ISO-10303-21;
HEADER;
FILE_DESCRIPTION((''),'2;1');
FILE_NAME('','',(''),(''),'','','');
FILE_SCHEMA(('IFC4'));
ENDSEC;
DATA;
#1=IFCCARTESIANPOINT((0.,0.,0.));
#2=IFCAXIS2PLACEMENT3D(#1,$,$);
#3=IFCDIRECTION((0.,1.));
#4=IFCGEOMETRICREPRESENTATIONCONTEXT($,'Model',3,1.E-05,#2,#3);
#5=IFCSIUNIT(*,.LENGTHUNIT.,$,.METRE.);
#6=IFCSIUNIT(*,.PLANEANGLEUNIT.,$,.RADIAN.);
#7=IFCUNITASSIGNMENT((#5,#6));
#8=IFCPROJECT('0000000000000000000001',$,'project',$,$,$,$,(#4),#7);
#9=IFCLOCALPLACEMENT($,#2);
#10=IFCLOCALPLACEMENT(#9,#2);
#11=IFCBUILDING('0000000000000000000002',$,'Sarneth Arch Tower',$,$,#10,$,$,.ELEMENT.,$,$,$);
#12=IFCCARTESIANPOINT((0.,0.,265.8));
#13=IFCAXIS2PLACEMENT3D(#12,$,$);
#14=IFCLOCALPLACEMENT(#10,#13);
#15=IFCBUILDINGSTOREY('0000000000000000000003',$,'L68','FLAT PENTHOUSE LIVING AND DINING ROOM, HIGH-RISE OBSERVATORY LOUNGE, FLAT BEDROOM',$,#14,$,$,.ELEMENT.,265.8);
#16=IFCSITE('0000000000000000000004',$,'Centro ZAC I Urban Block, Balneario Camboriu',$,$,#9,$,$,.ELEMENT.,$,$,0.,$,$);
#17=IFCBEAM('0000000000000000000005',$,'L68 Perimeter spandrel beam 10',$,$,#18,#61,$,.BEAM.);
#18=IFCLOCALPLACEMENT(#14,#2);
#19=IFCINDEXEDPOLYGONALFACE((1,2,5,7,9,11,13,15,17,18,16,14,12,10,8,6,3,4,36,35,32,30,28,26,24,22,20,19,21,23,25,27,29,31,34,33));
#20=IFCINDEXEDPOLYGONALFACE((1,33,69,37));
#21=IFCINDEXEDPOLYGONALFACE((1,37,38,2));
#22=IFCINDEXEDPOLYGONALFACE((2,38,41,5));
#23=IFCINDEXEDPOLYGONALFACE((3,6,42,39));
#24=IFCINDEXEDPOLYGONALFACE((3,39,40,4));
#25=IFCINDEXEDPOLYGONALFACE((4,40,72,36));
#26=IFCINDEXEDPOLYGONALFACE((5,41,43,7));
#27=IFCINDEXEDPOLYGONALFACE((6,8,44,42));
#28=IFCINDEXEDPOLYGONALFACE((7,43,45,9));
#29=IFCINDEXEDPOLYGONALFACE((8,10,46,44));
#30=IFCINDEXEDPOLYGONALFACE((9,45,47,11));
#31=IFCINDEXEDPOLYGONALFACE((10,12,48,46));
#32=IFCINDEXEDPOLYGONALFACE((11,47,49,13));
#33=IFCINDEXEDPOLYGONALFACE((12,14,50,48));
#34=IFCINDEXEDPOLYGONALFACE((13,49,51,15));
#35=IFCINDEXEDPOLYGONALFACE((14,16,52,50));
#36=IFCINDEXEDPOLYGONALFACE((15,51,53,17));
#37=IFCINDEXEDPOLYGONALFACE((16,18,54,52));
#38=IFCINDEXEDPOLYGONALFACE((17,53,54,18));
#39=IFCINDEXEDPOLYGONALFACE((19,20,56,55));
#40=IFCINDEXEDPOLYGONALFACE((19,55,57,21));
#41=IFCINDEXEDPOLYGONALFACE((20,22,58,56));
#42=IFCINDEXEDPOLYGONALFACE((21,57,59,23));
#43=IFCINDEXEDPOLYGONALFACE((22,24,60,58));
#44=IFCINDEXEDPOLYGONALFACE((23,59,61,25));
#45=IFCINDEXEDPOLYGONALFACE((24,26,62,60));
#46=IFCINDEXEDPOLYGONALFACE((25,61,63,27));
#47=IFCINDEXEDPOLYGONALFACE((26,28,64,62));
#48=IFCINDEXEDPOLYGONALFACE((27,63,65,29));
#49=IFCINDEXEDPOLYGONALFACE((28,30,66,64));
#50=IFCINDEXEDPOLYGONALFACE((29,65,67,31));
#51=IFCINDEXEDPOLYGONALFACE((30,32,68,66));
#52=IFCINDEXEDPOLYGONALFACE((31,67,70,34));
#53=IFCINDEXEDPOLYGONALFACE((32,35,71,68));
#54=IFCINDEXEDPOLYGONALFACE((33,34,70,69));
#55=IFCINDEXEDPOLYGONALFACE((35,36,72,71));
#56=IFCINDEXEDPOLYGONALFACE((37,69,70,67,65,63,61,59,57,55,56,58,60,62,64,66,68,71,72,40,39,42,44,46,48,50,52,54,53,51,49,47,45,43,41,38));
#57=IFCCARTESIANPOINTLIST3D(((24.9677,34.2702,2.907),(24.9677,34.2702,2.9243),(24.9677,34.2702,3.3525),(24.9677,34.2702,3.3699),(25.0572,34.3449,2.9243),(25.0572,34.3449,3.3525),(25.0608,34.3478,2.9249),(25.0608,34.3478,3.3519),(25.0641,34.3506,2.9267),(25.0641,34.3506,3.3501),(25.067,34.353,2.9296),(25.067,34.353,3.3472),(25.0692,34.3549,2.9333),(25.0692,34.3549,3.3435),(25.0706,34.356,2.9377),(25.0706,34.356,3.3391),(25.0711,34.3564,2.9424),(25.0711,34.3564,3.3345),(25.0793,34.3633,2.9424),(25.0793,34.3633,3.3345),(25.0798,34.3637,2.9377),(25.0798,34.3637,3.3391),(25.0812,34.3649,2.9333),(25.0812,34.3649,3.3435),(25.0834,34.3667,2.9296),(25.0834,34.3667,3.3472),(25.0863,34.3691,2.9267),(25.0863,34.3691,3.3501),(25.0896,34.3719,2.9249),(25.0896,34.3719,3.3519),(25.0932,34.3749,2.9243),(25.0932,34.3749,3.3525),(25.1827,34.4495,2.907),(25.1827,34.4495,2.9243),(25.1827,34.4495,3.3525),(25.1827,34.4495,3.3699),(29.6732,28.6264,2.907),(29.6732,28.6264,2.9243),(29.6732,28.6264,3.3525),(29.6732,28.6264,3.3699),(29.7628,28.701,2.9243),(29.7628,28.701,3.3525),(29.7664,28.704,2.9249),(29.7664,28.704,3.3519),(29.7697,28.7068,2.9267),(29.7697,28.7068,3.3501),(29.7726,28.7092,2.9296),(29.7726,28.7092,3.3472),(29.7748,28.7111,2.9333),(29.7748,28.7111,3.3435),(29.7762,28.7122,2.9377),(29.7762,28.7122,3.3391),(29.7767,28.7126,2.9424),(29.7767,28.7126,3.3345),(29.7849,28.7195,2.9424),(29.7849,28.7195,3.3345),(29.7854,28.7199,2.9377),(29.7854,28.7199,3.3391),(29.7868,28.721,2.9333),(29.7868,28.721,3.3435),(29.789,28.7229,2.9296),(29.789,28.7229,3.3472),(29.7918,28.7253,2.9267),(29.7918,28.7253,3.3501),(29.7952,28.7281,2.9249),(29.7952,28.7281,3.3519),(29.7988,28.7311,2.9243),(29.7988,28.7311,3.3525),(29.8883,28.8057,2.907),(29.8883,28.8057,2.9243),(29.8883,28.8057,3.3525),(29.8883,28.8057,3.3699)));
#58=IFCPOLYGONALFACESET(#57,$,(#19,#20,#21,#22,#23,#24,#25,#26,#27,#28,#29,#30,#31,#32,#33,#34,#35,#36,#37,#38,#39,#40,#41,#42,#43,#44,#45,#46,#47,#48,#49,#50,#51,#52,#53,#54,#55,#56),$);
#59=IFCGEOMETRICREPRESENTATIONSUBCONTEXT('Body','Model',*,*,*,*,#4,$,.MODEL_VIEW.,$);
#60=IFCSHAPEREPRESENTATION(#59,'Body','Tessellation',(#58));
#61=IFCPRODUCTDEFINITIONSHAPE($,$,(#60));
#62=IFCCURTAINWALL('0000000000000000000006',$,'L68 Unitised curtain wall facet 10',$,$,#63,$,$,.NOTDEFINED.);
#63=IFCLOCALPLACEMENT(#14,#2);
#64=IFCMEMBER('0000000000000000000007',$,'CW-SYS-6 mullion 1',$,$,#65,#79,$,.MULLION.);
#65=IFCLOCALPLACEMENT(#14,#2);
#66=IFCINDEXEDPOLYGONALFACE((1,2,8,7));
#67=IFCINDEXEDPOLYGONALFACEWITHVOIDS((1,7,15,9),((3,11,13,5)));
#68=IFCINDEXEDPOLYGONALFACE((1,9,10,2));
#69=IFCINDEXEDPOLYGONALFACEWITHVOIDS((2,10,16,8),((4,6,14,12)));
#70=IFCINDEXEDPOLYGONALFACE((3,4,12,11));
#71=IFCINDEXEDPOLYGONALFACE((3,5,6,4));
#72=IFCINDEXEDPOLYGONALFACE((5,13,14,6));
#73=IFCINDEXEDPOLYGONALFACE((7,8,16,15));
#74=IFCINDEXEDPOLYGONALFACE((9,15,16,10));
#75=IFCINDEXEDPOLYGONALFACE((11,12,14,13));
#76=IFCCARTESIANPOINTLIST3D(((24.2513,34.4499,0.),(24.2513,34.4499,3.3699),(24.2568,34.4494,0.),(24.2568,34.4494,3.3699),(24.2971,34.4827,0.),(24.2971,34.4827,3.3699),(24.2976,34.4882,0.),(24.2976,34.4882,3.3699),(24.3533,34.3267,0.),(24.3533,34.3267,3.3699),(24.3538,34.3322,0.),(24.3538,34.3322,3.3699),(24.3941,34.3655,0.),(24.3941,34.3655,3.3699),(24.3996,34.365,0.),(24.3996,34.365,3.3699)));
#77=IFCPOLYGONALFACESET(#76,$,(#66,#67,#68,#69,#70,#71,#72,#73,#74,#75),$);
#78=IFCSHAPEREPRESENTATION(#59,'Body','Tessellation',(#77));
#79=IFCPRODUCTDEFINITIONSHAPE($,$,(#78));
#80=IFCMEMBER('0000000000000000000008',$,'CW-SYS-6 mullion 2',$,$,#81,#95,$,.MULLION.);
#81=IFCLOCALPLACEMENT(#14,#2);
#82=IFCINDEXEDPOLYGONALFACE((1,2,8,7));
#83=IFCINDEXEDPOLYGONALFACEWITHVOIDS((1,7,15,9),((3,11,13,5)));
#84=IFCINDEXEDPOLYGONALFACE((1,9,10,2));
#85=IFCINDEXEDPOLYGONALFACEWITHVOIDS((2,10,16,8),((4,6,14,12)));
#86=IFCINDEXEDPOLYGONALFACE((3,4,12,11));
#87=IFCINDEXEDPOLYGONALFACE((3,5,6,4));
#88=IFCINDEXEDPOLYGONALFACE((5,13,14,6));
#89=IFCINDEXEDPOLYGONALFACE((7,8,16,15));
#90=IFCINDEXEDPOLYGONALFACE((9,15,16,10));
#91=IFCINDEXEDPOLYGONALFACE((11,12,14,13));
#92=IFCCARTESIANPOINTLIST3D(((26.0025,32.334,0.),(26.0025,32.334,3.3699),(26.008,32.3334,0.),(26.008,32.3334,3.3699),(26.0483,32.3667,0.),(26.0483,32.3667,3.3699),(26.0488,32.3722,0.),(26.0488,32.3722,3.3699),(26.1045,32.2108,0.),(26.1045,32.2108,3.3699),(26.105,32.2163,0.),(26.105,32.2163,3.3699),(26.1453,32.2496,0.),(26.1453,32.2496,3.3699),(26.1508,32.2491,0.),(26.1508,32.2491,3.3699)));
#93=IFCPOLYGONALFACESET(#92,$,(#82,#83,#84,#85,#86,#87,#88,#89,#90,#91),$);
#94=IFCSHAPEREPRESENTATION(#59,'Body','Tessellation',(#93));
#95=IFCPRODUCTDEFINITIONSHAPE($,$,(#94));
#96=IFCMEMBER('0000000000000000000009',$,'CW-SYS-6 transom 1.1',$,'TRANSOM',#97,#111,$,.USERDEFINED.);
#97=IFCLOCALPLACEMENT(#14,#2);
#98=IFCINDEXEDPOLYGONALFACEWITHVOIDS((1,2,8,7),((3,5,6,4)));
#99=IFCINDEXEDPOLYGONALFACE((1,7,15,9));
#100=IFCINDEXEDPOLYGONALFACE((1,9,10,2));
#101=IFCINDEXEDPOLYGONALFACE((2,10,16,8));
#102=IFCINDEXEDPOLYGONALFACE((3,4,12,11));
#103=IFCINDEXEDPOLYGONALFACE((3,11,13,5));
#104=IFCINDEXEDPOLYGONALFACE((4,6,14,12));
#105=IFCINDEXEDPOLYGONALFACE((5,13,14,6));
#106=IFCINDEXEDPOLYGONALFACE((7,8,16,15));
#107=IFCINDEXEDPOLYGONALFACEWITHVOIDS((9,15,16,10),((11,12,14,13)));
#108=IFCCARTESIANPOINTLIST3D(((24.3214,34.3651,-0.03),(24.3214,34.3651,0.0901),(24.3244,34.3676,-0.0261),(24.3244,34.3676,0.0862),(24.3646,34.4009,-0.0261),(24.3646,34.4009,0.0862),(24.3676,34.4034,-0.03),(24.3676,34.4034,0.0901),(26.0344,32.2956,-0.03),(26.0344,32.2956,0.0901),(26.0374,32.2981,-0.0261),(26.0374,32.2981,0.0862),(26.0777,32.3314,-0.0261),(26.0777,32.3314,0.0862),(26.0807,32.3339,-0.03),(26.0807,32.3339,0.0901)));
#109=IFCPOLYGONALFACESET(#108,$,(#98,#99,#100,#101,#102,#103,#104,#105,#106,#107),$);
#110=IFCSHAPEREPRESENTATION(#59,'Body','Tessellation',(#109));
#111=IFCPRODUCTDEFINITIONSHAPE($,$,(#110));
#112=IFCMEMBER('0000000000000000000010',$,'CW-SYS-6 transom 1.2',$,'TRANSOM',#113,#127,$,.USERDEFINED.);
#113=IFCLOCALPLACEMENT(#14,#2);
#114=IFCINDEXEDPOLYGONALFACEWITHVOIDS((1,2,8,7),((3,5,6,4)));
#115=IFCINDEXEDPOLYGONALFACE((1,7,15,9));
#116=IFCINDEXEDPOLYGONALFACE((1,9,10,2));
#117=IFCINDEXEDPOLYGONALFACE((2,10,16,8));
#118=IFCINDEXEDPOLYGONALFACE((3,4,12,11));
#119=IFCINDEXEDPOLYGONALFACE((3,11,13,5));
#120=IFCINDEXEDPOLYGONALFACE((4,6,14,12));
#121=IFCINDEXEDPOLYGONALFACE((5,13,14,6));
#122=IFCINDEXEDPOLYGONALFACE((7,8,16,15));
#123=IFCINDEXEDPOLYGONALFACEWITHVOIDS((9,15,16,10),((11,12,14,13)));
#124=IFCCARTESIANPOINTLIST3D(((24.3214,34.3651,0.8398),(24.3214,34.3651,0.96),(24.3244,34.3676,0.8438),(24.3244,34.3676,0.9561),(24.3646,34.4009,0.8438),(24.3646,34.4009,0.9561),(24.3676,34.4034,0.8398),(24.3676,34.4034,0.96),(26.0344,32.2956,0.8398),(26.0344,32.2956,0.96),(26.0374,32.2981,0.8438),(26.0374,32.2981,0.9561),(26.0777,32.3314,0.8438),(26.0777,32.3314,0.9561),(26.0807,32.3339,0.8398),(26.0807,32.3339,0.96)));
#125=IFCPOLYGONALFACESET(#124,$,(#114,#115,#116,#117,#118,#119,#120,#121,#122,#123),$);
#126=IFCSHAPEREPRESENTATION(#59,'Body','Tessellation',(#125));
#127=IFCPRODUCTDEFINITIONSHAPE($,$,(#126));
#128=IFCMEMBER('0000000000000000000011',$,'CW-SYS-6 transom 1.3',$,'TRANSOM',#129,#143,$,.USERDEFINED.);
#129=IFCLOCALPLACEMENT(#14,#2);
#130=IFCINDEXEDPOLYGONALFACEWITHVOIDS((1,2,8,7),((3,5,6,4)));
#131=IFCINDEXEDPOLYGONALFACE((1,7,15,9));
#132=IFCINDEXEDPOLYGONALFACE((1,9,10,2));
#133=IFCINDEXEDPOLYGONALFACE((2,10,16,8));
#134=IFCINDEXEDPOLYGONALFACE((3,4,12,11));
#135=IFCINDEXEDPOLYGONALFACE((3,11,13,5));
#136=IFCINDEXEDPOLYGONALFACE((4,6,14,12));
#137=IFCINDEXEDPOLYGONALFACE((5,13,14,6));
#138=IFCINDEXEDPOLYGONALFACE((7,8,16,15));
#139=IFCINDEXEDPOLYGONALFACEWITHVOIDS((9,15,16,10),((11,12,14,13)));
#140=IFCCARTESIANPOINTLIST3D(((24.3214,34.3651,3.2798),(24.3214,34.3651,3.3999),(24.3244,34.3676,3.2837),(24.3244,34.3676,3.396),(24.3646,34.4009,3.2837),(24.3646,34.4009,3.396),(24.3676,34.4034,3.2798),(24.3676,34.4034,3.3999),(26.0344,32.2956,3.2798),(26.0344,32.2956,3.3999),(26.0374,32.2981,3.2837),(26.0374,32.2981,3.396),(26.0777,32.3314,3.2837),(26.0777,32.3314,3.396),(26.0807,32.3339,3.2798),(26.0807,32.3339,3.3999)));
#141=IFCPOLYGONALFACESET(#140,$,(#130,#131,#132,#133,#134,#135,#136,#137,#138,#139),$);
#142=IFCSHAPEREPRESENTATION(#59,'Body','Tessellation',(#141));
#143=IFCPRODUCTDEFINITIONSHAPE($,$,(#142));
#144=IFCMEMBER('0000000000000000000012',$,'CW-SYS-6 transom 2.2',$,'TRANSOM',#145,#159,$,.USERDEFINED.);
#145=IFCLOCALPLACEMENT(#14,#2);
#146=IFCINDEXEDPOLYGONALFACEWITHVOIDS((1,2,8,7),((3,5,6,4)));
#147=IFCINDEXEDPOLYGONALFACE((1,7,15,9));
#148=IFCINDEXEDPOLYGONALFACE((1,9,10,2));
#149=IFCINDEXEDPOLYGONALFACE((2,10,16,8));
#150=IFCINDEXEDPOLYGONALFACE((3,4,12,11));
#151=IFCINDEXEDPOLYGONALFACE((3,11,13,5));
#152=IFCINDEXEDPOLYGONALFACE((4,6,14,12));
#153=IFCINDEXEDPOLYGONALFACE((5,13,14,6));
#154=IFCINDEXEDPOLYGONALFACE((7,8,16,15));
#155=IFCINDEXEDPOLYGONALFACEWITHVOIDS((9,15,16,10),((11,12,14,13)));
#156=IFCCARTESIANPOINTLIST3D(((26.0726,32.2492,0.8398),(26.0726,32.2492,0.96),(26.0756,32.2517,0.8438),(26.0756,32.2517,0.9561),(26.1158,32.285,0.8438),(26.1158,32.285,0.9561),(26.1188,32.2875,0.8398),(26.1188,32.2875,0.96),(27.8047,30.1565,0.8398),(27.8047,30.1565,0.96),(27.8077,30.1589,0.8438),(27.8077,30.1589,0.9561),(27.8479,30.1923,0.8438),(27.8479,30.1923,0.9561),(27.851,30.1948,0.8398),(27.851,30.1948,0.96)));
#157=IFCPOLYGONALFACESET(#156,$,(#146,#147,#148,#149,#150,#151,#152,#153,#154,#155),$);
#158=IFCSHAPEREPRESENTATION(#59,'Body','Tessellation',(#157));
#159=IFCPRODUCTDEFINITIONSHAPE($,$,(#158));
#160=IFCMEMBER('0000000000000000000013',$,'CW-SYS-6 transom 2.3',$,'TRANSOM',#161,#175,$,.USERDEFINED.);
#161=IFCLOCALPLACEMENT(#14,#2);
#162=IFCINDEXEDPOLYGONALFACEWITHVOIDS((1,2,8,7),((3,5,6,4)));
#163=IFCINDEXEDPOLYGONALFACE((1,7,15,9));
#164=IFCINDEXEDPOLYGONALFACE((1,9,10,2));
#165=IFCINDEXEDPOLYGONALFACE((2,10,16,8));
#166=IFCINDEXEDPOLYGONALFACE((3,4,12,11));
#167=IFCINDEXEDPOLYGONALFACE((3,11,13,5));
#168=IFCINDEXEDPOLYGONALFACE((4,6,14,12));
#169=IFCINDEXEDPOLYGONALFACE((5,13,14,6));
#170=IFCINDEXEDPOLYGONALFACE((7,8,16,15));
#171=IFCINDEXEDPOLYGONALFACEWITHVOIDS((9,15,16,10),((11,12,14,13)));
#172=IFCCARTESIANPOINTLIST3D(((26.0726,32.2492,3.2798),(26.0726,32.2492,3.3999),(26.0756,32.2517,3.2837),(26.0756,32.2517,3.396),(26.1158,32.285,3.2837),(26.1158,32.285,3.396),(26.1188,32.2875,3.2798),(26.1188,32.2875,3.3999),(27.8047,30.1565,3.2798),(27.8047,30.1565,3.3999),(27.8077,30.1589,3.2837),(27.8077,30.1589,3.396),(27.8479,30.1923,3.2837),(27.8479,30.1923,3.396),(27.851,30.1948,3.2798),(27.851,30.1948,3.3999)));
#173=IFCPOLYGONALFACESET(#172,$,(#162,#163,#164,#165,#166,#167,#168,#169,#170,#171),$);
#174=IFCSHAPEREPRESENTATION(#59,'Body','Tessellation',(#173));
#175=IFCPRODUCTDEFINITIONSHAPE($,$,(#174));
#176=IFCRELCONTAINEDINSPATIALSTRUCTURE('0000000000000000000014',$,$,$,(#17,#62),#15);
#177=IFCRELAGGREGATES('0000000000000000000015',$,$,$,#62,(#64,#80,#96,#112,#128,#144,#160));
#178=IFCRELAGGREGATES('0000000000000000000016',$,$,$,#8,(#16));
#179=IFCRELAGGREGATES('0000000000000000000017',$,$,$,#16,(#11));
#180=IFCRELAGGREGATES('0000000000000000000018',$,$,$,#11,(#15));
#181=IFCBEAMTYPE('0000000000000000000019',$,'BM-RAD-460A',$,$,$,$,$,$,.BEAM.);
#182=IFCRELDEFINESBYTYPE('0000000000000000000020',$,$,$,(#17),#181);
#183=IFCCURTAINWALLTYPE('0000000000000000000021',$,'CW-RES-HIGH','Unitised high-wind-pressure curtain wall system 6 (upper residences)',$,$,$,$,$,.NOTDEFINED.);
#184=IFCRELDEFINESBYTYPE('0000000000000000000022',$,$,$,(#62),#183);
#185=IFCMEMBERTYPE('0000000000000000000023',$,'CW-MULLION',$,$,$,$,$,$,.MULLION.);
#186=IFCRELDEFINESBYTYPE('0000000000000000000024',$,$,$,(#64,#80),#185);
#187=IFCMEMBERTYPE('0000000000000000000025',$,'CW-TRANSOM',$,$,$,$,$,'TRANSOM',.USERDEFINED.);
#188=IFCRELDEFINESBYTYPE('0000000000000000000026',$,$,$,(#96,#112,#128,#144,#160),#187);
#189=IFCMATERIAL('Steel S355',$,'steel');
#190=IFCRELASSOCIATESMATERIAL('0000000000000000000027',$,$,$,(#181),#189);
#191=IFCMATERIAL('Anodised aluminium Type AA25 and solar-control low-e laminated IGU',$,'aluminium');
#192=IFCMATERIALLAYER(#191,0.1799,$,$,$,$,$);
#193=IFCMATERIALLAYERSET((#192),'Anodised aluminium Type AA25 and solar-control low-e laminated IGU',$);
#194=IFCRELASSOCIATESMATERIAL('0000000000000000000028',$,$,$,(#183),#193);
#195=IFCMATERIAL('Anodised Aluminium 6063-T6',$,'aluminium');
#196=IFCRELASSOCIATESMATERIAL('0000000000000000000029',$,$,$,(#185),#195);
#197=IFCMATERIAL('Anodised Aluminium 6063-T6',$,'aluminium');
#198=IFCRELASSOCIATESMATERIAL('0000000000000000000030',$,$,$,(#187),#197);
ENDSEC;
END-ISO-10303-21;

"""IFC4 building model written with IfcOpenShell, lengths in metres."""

from ifc_helpers import new_model, si_unit, direction, frame, origin, origin_2d, place, context, subcontext, project, spatial, hollow_rectangle, i_section, extrude, material, layer, layer_set, material_profile, profile_set, type_object, element, aggregate, save


model = new_model("IFC4")

# Units and contexts
model_context = context("Model", 3, precision=1e-05, world=origin(), true_north=direction((0.0, 1.0)))
body_context = subcontext(model_context, "Body", "Model", "MODEL_VIEW")
ifc_project = project(units=[si_unit("LENGTHUNIT", "METRE"), si_unit("PLANEANGLEUNIT", "RADIAN")], contexts=[model_context])

# Site, building, storey
site_placement = place(None, origin())
site = spatial("IfcSite", under=ifc_project, at=site_placement, Name="Centro ZAC I Urban Block, Balneario Camboriu", CompositionType="ELEMENT", RefElevation=0.0)
building_placement = place(site_placement, origin())
building = spatial("IfcBuilding", under=site, at=building_placement, Name="Sarneth Arch Tower", CompositionType="ELEMENT")
storey_placement = place(building_placement, frame((0.0, 0.0, 265.8)))
storey = spatial("IfcBuildingStorey", under=building, at=storey_placement, Name="L68", Description="FLAT PENTHOUSE LIVING AND DINING ROOM, HIGH-RISE OBSERVATORY LOUNGE, FLAT BEDROOM", CompositionType="ELEMENT", Elevation=265.8)

# Beam
ifc_material_1 = material(Name="Steel S355", Category="steel")
ifc_material_profile_1 = material_profile(ifc_material_1, i_section(OverallWidth=0.28, OverallDepth=0.4629, WebThickness=0.0107, FlangeThickness=0.0173, FilletRadius=0.0181, at=origin_2d()), Name="W460x113")
ifc_profile_set_1 = profile_set([ifc_material_profile_1], Name="Steel S355")
beam_type = type_object("IfcBeamType", Name="BM-RAD-460A", PredefinedType="BEAM", material=ifc_profile_set_1)
beam_1_placement = place(storey_placement, frame((25.0752, 34.3599, 3.1384), z_axis=(0.640377, -0.768061, 0.0), x_axis=(0.768061, 0.640377, 0.0)))
element("IfcBeam", 1, at=beam_1_placement, inside=storey, type_object=beam_type, Name="L68 Perimeter spandrel beam 10", PredefinedType="BEAM", context=body_context, shape_type="SweptSolid", body=[
    extrude(i_section(OverallWidth=0.28, OverallDepth=0.4629, WebThickness=0.0107, FlangeThickness=0.0173, FilletRadius=0.0181, at=origin_2d()), origin(), (0.0, 0.0, 1.0), 7.3481),
])

# Curtain wall, members
ifc_material_2 = material(Name="Anodised aluminium Type AA25 and solar-control low-e laminated IGU", Category="aluminium")
ifc_layer_1 = layer(ifc_material_2, 0.1799)
ifc_layer_set_1 = layer_set([ifc_layer_1], Name="Anodised aluminium Type AA25 and solar-control low-e laminated IGU")
curtain_wall_type = type_object("IfcCurtainWallType", Name="CW-RES-HIGH", Description="Unitised high-wind-pressure curtain wall system 6 (upper residences)", PredefinedType="NOTDEFINED", material=ifc_layer_set_1)
curtain_wall_placement = place(storey_placement, origin())
curtain_wall = element("IfcCurtainWall", 2, at=curtain_wall_placement, inside=storey, type_object=curtain_wall_type, Name="L68 Unitised curtain wall facet 10", PredefinedType="NOTDEFINED")
ifc_material_3 = material(Name="Anodised Aluminium 6063-T6", Category="aluminium")
ifc_material_profile_2 = material_profile(ifc_material_3, hollow_rectangle(XDim=0.0601, YDim=0.1599, WallThickness=0.0039, at=origin_2d()), Name="AL-MULL-160x60x4")
ifc_profile_set_2 = profile_set([ifc_material_profile_2], Name="Anodised Aluminium 6063-T6")
member_type_1 = type_object("IfcMemberType", Name="CW-MULLION", PredefinedType="MULLION", material=ifc_profile_set_2)
member_1_placement = place(storey_placement, frame((24.3254, 34.4075, 0.0), z_axis=(0.0, 0.0, 1.0), x_axis=(0.770359, 0.63761, 0.0)))
member_1 = element("IfcMember", 3, at=member_1_placement, type_object=member_type_1, Name="CW-SYS-6 mullion 1", PredefinedType="MULLION", context=body_context, shape_type="SweptSolid", body=[
    extrude(hollow_rectangle(XDim=0.0601, YDim=0.1599, WallThickness=0.0039, at=origin_2d()), origin(), (0.0, 0.0, 1.0), 3.3699),
])
member_2_placement = place(storey_placement, frame((26.0767, 32.2915, 0.0), z_axis=(0.0, 0.0, 1.0), x_axis=(0.770359, 0.63761, 0.0)))
member_2 = element("IfcMember", 4, at=member_2_placement, type_object=member_type_1, Name="CW-SYS-6 mullion 2", PredefinedType="MULLION", context=body_context, shape_type="SweptSolid", body=[
    extrude(hollow_rectangle(XDim=0.0601, YDim=0.1599, WallThickness=0.0039, at=origin_2d()), origin(), (0.0, 0.0, 1.0), 3.3699),
])
ifc_material_4 = material(Name="Anodised Aluminium 6063-T6", Category="aluminium")
ifc_material_profile_3 = material_profile(ifc_material_4, hollow_rectangle(XDim=0.0601, YDim=0.1201, WallThickness=0.0039, at=origin_2d()), Name="AL-TRAN-120x60x4")
ifc_profile_set_3 = profile_set([ifc_material_profile_3], Name="Anodised Aluminium 6063-T6")
member_type_2 = type_object("IfcMemberType", Name="CW-TRANSOM", ElementType="TRANSOM", PredefinedType="USERDEFINED", material=ifc_profile_set_3)
member_3_placement = place(storey_placement, frame((24.3445, 34.3843, 0.03), z_axis=(0.637651, -0.770325, 0.0), x_axis=(0.770325, 0.637651, 0.0)))
member_3 = element("IfcMember", 5, at=member_3_placement, type_object=member_type_2, Name="CW-SYS-6 transom 1.1", ObjectType="TRANSOM", PredefinedType="USERDEFINED", context=body_context, shape_type="SweptSolid", body=[
    extrude(hollow_rectangle(XDim=0.0601, YDim=0.1201, WallThickness=0.0039, at=origin_2d()), origin(), (0.0, 0.0, 1.0), 2.6865),
])
member_4_placement = place(storey_placement, frame((24.3445, 34.3843, 0.8999), z_axis=(0.637651, -0.770325, 0.0), x_axis=(0.770325, 0.637651, 0.0)))
member_4 = element("IfcMember", 6, at=member_4_placement, type_object=member_type_2, Name="CW-SYS-6 transom 1.2", ObjectType="TRANSOM", PredefinedType="USERDEFINED", context=body_context, shape_type="SweptSolid", body=[
    extrude(hollow_rectangle(XDim=0.0601, YDim=0.1201, WallThickness=0.0039, at=origin_2d()), origin(), (0.0, 0.0, 1.0), 2.6865),
])
member_5_placement = place(storey_placement, frame((24.3445, 34.3843, 3.3398), z_axis=(0.637651, -0.770325, 0.0), x_axis=(0.770325, 0.637651, 0.0)))
member_5 = element("IfcMember", 7, at=member_5_placement, type_object=member_type_2, Name="CW-SYS-6 transom 1.3", ObjectType="TRANSOM", PredefinedType="USERDEFINED", context=body_context, shape_type="SweptSolid", body=[
    extrude(hollow_rectangle(XDim=0.0601, YDim=0.1201, WallThickness=0.0039, at=origin_2d()), origin(), (0.0, 0.0, 1.0), 2.6865),
])
member_6_placement = place(storey_placement, frame((26.0957, 32.2683, 0.8999), z_axis=(0.637617, -0.770353, 0.0), x_axis=(0.770353, 0.637617, 0.0)))
member_6 = element("IfcMember", 8, at=member_6_placement, type_object=member_type_2, Name="CW-SYS-6 transom 2.2", ObjectType="TRANSOM", PredefinedType="USERDEFINED", context=body_context, shape_type="SweptSolid", body=[
    extrude(hollow_rectangle(XDim=0.0601, YDim=0.1201, WallThickness=0.0039, at=origin_2d()), origin(), (0.0, 0.0, 1.0), 2.7166),
])
member_7_placement = place(storey_placement, frame((26.0957, 32.2683, 3.3398), z_axis=(0.637617, -0.770353, 0.0), x_axis=(0.770353, 0.637617, 0.0)))
member_7 = element("IfcMember", 9, at=member_7_placement, type_object=member_type_2, Name="CW-SYS-6 transom 2.3", ObjectType="TRANSOM", PredefinedType="USERDEFINED", context=body_context, shape_type="SweptSolid", body=[
    extrude(hollow_rectangle(XDim=0.0601, YDim=0.1201, WallThickness=0.0039, at=origin_2d()), origin(), (0.0, 0.0, 1.0), 2.7166),
])

aggregate(curtain_wall, [member_1, member_2, member_3, member_4, member_5, member_6, member_7])

save(model, "model.ifc")
